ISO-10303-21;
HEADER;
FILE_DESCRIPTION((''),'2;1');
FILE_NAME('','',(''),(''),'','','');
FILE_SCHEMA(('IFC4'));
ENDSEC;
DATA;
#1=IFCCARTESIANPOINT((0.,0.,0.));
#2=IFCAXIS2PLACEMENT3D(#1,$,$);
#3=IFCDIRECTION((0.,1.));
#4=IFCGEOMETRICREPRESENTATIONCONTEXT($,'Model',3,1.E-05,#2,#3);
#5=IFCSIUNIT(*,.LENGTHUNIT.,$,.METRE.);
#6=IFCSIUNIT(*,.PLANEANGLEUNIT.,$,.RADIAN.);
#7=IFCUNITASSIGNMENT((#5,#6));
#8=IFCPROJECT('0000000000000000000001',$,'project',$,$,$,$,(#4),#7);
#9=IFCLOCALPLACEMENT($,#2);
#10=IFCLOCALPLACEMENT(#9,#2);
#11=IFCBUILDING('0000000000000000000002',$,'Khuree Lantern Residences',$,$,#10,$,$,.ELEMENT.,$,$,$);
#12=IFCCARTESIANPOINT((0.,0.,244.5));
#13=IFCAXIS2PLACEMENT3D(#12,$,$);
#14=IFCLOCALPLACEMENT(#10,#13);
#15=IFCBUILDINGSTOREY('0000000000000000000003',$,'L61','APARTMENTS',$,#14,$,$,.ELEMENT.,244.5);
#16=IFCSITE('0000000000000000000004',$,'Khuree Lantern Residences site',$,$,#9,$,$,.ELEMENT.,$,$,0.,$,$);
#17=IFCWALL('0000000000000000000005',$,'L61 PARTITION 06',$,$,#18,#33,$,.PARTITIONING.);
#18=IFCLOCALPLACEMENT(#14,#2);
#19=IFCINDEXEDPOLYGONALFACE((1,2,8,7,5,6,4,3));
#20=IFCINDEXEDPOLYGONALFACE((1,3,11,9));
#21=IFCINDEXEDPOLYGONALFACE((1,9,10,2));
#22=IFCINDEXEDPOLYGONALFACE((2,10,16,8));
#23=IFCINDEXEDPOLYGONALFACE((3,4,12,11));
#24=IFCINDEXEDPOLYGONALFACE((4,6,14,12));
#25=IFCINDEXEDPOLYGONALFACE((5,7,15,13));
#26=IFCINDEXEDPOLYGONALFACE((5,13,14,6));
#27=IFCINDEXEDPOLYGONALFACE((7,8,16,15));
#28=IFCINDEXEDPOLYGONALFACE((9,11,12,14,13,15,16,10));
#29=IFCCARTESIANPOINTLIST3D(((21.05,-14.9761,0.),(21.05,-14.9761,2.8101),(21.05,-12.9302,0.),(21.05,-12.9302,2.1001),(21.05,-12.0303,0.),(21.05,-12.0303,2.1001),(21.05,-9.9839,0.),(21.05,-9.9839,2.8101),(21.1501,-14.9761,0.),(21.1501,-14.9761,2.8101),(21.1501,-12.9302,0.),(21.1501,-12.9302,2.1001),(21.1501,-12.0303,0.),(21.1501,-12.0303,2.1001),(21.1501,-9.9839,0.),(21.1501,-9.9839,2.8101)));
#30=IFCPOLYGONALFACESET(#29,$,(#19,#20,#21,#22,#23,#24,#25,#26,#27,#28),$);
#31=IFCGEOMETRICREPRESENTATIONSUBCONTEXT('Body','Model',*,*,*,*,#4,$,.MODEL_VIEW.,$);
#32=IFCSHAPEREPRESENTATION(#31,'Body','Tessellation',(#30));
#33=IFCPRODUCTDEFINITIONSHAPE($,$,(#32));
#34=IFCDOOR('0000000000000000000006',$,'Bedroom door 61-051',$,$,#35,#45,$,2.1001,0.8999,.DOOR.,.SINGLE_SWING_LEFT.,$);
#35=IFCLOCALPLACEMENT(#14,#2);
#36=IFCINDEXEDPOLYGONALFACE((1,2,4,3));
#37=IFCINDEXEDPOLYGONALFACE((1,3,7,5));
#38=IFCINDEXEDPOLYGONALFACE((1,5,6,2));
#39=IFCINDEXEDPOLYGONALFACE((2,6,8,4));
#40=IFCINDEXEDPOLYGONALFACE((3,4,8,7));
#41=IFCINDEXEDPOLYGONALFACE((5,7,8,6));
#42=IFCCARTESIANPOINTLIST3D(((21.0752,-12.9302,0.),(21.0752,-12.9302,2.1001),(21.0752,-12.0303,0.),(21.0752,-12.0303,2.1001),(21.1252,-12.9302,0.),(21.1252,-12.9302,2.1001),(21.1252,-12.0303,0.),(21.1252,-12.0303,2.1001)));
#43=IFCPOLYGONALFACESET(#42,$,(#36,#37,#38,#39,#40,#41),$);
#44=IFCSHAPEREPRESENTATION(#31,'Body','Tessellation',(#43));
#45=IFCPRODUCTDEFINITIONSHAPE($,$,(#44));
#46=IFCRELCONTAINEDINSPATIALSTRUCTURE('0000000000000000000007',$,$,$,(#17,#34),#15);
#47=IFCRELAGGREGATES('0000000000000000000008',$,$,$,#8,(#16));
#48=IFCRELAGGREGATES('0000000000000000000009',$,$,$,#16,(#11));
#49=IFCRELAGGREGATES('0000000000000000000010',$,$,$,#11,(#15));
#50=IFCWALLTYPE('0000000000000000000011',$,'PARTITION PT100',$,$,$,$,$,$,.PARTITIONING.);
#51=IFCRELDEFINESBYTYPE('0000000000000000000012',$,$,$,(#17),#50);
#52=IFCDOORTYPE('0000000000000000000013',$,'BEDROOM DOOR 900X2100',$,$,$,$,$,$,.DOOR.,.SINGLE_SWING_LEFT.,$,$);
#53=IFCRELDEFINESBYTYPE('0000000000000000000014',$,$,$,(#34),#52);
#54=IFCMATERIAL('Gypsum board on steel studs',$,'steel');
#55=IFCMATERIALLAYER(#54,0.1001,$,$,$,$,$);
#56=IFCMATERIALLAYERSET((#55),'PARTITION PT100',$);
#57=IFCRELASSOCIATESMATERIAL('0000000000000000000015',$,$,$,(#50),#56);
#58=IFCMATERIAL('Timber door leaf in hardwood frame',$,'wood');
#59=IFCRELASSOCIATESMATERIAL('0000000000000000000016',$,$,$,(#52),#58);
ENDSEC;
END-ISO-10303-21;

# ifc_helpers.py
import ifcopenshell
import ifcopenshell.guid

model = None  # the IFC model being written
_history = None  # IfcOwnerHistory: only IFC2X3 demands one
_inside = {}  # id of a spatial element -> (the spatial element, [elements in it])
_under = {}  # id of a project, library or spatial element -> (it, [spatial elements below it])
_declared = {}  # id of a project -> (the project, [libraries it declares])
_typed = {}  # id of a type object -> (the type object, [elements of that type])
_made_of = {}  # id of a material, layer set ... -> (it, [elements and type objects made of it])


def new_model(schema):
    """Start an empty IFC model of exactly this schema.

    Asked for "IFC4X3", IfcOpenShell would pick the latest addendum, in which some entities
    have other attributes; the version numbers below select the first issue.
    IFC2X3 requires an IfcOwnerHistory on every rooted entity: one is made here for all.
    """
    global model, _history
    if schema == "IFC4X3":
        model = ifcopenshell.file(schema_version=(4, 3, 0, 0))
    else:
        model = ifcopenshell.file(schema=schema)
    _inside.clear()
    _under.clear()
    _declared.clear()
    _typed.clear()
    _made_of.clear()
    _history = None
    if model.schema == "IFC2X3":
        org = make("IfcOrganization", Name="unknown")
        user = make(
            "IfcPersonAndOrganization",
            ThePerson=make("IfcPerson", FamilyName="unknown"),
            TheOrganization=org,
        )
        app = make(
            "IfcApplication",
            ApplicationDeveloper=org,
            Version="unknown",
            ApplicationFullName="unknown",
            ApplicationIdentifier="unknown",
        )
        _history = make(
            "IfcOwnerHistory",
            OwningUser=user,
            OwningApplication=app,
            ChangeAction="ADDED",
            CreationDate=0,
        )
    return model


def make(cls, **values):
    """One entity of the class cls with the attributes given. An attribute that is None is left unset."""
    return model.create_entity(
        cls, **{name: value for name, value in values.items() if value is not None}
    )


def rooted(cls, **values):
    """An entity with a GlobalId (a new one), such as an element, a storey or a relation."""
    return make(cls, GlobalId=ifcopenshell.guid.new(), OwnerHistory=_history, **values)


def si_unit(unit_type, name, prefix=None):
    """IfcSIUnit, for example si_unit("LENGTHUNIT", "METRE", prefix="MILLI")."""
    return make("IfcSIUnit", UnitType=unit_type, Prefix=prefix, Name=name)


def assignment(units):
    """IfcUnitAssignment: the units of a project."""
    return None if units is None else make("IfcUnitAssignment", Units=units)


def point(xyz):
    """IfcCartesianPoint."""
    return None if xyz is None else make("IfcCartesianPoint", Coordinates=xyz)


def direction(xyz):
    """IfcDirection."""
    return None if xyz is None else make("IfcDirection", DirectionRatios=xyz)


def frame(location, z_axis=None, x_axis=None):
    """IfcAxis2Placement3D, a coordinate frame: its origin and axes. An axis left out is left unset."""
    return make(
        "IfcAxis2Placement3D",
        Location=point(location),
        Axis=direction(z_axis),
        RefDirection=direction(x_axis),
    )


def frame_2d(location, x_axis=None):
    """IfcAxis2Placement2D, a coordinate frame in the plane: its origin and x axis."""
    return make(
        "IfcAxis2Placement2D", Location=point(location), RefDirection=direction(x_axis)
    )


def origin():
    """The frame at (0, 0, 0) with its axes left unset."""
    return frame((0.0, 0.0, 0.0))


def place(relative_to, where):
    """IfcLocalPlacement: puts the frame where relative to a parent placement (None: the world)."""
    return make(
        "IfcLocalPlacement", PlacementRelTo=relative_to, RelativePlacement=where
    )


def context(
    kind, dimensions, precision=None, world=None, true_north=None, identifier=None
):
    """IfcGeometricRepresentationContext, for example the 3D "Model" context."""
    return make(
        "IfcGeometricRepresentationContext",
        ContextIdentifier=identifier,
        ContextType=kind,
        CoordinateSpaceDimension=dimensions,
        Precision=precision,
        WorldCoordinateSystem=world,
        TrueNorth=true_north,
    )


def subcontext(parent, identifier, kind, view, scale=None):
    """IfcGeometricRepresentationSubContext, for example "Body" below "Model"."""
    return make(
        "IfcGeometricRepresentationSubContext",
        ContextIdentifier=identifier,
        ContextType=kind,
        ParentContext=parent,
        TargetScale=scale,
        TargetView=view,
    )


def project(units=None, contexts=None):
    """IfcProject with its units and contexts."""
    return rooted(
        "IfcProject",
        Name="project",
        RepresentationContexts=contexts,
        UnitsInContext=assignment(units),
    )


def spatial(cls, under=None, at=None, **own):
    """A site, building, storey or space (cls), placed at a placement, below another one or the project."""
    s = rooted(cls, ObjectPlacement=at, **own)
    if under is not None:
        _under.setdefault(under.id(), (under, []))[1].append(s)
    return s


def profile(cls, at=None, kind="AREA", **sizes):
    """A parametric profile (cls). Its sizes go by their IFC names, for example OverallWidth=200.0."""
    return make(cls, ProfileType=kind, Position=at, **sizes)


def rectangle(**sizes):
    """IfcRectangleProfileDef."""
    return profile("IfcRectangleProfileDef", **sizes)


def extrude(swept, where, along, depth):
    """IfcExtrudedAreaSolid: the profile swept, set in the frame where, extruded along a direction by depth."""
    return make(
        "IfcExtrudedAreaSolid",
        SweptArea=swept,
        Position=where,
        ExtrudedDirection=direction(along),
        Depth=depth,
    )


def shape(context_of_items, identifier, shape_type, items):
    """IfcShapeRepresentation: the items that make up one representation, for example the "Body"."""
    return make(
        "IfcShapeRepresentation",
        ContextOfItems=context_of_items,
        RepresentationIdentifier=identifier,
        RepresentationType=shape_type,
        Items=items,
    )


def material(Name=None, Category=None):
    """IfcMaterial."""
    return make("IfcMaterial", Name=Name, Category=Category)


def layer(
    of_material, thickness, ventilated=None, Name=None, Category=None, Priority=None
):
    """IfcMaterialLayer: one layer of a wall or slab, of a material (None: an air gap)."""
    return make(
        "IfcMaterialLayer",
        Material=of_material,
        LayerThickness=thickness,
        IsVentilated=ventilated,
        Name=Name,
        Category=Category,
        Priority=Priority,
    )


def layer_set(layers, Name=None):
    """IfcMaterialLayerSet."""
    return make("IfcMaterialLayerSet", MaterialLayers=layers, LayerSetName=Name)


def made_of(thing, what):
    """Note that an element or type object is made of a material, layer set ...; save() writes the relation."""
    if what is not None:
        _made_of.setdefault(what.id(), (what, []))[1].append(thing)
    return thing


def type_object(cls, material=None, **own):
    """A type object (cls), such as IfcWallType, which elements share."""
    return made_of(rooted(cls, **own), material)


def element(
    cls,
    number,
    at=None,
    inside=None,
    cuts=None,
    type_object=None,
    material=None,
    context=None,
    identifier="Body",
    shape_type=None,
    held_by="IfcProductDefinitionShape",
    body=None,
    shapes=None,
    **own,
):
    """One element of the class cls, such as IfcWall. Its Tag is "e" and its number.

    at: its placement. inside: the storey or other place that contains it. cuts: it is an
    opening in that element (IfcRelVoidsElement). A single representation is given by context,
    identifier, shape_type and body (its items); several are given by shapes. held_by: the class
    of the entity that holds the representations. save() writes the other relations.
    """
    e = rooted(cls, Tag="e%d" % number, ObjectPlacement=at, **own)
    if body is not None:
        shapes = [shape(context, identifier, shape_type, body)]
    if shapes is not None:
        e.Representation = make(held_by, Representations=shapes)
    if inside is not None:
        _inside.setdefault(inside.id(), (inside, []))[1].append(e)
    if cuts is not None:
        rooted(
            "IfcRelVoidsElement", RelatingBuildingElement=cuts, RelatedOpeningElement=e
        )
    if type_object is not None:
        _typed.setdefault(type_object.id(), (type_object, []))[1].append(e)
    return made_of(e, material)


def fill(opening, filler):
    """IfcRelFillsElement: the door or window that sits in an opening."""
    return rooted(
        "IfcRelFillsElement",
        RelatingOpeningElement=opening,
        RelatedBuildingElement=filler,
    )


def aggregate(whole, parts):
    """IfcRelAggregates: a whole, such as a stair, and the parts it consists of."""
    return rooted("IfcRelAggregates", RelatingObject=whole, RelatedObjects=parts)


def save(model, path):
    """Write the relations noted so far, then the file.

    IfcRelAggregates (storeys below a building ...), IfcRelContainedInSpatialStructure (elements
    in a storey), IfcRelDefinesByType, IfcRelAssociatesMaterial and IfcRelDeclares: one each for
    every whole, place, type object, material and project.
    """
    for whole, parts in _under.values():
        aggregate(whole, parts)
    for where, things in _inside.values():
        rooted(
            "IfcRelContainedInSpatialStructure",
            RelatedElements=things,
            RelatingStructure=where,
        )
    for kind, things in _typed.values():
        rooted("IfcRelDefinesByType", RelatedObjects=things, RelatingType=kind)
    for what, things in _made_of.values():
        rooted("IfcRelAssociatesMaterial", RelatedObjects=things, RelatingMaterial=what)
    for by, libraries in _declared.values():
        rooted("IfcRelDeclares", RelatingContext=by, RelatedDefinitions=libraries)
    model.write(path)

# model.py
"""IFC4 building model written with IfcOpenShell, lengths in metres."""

from ifc_helpers import new_model, si_unit, direction, frame, frame_2d, origin, place, context, subcontext, project, spatial, rectangle, extrude, material, layer, layer_set, type_object, element, fill, save


model = new_model("IFC4")

# Units and contexts
model_context = context("Model", 3, precision=1e-05, world=origin(), true_north=direction((0.0, 1.0)))
body_context = subcontext(model_context, "Body", "Model", "MODEL_VIEW")
ifc_project = project(units=[si_unit("LENGTHUNIT", "METRE"), si_unit("PLANEANGLEUNIT", "RADIAN")], contexts=[model_context])

# Site, building, storey
site_placement = place(None, origin())
site = spatial("IfcSite", under=ifc_project, at=site_placement, Name="Khuree Lantern Residences site", CompositionType="ELEMENT", RefElevation=0.0)
building_placement = place(site_placement, origin())
building = spatial("IfcBuilding", under=site, at=building_placement, Name="Khuree Lantern Residences", CompositionType="ELEMENT")
storey_placement = place(building_placement, frame((0.0, 0.0, 244.5)))
storey = spatial("IfcBuildingStorey", under=building, at=storey_placement, Name="L61", Description="APARTMENTS", CompositionType="ELEMENT", Elevation=244.5)

# Shared definitions
ifc_material_1 = material(Name="Timber door leaf in hardwood frame", Category="wood")

# Shared definitions
ifc_material_2 = material(Name="Gypsum board on steel studs", Category="steel")

# Shared definitions
ifc_layer_1 = layer(ifc_material_2, 0.1001)
ifc_layer_set_1 = layer_set([ifc_layer_1], Name="PARTITION PT100")
wall_type_1 = type_object("IfcWallType", Name="PARTITION PT100", PredefinedType="PARTITIONING", material=ifc_layer_set_1)

# Wall, opening, door
door_type_1 = type_object("IfcDoorType", Name="BEDROOM DOOR 900X2100", OperationType="SINGLE_SWING_LEFT", PredefinedType="DOOR", material=ifc_material_1)
wall_1_placement = place(storey_placement, frame((21.1001, -14.9761, 0.0), z_axis=(0.0, 0.0, 1.0), x_axis=(0.0, 1.0, 0.0)))
wall_1 = element("IfcWall", 1, at=wall_1_placement, inside=storey, type_object=wall_type_1, Name="L61 PARTITION 06", PredefinedType="PARTITIONING", context=body_context, shape_type="SweptSolid", body=[
    extrude(rectangle(XDim=4.9922, YDim=0.1001, at=frame_2d((2.4961, 0.0))), origin(), (0.0, 0.0, 1.0), 2.8101),
])
opening_1_placement = place(wall_1_placement, frame((2.0459, 0.0, 0.0)))
opening_1 = element("IfcOpeningElement", 2, at=opening_1_placement, cuts=wall_1, PredefinedType="OPENING", context=body_context, shape_type="SweptSolid", body=[
    extrude(rectangle(XDim=0.8999, YDim=2.1001, at=frame_2d((0.45, 1.05))), frame((0.0, 0.0601, 0.0), z_axis=(0.0, -1.0, 0.0), x_axis=(1.0, 0.0, 0.0)), (0.0, 0.0, 1.0), 0.1201),
])
door_1_placement = place(opening_1_placement, origin())
door_1 = element("IfcDoor", 3, at=door_1_placement, inside=storey, type_object=door_type_1, Name="Bedroom door 61-051", OperationType="SINGLE_SWING_LEFT", OverallHeight=2.1001, OverallWidth=0.8999, PredefinedType="DOOR", context=body_context, shape_type="SweptSolid", body=[
    extrude(rectangle(XDim=0.8999, YDim=2.1001, at=frame_2d((0.45, 1.05))), frame((0.0, 0.0249, 0.0), z_axis=(0.0, -1.0, 0.0), x_axis=(1.0, 0.0, 0.0)), (0.0, 0.0, 1.0), 0.05),
])
fill(opening_1, door_1)

save(model, "model.ifc")
